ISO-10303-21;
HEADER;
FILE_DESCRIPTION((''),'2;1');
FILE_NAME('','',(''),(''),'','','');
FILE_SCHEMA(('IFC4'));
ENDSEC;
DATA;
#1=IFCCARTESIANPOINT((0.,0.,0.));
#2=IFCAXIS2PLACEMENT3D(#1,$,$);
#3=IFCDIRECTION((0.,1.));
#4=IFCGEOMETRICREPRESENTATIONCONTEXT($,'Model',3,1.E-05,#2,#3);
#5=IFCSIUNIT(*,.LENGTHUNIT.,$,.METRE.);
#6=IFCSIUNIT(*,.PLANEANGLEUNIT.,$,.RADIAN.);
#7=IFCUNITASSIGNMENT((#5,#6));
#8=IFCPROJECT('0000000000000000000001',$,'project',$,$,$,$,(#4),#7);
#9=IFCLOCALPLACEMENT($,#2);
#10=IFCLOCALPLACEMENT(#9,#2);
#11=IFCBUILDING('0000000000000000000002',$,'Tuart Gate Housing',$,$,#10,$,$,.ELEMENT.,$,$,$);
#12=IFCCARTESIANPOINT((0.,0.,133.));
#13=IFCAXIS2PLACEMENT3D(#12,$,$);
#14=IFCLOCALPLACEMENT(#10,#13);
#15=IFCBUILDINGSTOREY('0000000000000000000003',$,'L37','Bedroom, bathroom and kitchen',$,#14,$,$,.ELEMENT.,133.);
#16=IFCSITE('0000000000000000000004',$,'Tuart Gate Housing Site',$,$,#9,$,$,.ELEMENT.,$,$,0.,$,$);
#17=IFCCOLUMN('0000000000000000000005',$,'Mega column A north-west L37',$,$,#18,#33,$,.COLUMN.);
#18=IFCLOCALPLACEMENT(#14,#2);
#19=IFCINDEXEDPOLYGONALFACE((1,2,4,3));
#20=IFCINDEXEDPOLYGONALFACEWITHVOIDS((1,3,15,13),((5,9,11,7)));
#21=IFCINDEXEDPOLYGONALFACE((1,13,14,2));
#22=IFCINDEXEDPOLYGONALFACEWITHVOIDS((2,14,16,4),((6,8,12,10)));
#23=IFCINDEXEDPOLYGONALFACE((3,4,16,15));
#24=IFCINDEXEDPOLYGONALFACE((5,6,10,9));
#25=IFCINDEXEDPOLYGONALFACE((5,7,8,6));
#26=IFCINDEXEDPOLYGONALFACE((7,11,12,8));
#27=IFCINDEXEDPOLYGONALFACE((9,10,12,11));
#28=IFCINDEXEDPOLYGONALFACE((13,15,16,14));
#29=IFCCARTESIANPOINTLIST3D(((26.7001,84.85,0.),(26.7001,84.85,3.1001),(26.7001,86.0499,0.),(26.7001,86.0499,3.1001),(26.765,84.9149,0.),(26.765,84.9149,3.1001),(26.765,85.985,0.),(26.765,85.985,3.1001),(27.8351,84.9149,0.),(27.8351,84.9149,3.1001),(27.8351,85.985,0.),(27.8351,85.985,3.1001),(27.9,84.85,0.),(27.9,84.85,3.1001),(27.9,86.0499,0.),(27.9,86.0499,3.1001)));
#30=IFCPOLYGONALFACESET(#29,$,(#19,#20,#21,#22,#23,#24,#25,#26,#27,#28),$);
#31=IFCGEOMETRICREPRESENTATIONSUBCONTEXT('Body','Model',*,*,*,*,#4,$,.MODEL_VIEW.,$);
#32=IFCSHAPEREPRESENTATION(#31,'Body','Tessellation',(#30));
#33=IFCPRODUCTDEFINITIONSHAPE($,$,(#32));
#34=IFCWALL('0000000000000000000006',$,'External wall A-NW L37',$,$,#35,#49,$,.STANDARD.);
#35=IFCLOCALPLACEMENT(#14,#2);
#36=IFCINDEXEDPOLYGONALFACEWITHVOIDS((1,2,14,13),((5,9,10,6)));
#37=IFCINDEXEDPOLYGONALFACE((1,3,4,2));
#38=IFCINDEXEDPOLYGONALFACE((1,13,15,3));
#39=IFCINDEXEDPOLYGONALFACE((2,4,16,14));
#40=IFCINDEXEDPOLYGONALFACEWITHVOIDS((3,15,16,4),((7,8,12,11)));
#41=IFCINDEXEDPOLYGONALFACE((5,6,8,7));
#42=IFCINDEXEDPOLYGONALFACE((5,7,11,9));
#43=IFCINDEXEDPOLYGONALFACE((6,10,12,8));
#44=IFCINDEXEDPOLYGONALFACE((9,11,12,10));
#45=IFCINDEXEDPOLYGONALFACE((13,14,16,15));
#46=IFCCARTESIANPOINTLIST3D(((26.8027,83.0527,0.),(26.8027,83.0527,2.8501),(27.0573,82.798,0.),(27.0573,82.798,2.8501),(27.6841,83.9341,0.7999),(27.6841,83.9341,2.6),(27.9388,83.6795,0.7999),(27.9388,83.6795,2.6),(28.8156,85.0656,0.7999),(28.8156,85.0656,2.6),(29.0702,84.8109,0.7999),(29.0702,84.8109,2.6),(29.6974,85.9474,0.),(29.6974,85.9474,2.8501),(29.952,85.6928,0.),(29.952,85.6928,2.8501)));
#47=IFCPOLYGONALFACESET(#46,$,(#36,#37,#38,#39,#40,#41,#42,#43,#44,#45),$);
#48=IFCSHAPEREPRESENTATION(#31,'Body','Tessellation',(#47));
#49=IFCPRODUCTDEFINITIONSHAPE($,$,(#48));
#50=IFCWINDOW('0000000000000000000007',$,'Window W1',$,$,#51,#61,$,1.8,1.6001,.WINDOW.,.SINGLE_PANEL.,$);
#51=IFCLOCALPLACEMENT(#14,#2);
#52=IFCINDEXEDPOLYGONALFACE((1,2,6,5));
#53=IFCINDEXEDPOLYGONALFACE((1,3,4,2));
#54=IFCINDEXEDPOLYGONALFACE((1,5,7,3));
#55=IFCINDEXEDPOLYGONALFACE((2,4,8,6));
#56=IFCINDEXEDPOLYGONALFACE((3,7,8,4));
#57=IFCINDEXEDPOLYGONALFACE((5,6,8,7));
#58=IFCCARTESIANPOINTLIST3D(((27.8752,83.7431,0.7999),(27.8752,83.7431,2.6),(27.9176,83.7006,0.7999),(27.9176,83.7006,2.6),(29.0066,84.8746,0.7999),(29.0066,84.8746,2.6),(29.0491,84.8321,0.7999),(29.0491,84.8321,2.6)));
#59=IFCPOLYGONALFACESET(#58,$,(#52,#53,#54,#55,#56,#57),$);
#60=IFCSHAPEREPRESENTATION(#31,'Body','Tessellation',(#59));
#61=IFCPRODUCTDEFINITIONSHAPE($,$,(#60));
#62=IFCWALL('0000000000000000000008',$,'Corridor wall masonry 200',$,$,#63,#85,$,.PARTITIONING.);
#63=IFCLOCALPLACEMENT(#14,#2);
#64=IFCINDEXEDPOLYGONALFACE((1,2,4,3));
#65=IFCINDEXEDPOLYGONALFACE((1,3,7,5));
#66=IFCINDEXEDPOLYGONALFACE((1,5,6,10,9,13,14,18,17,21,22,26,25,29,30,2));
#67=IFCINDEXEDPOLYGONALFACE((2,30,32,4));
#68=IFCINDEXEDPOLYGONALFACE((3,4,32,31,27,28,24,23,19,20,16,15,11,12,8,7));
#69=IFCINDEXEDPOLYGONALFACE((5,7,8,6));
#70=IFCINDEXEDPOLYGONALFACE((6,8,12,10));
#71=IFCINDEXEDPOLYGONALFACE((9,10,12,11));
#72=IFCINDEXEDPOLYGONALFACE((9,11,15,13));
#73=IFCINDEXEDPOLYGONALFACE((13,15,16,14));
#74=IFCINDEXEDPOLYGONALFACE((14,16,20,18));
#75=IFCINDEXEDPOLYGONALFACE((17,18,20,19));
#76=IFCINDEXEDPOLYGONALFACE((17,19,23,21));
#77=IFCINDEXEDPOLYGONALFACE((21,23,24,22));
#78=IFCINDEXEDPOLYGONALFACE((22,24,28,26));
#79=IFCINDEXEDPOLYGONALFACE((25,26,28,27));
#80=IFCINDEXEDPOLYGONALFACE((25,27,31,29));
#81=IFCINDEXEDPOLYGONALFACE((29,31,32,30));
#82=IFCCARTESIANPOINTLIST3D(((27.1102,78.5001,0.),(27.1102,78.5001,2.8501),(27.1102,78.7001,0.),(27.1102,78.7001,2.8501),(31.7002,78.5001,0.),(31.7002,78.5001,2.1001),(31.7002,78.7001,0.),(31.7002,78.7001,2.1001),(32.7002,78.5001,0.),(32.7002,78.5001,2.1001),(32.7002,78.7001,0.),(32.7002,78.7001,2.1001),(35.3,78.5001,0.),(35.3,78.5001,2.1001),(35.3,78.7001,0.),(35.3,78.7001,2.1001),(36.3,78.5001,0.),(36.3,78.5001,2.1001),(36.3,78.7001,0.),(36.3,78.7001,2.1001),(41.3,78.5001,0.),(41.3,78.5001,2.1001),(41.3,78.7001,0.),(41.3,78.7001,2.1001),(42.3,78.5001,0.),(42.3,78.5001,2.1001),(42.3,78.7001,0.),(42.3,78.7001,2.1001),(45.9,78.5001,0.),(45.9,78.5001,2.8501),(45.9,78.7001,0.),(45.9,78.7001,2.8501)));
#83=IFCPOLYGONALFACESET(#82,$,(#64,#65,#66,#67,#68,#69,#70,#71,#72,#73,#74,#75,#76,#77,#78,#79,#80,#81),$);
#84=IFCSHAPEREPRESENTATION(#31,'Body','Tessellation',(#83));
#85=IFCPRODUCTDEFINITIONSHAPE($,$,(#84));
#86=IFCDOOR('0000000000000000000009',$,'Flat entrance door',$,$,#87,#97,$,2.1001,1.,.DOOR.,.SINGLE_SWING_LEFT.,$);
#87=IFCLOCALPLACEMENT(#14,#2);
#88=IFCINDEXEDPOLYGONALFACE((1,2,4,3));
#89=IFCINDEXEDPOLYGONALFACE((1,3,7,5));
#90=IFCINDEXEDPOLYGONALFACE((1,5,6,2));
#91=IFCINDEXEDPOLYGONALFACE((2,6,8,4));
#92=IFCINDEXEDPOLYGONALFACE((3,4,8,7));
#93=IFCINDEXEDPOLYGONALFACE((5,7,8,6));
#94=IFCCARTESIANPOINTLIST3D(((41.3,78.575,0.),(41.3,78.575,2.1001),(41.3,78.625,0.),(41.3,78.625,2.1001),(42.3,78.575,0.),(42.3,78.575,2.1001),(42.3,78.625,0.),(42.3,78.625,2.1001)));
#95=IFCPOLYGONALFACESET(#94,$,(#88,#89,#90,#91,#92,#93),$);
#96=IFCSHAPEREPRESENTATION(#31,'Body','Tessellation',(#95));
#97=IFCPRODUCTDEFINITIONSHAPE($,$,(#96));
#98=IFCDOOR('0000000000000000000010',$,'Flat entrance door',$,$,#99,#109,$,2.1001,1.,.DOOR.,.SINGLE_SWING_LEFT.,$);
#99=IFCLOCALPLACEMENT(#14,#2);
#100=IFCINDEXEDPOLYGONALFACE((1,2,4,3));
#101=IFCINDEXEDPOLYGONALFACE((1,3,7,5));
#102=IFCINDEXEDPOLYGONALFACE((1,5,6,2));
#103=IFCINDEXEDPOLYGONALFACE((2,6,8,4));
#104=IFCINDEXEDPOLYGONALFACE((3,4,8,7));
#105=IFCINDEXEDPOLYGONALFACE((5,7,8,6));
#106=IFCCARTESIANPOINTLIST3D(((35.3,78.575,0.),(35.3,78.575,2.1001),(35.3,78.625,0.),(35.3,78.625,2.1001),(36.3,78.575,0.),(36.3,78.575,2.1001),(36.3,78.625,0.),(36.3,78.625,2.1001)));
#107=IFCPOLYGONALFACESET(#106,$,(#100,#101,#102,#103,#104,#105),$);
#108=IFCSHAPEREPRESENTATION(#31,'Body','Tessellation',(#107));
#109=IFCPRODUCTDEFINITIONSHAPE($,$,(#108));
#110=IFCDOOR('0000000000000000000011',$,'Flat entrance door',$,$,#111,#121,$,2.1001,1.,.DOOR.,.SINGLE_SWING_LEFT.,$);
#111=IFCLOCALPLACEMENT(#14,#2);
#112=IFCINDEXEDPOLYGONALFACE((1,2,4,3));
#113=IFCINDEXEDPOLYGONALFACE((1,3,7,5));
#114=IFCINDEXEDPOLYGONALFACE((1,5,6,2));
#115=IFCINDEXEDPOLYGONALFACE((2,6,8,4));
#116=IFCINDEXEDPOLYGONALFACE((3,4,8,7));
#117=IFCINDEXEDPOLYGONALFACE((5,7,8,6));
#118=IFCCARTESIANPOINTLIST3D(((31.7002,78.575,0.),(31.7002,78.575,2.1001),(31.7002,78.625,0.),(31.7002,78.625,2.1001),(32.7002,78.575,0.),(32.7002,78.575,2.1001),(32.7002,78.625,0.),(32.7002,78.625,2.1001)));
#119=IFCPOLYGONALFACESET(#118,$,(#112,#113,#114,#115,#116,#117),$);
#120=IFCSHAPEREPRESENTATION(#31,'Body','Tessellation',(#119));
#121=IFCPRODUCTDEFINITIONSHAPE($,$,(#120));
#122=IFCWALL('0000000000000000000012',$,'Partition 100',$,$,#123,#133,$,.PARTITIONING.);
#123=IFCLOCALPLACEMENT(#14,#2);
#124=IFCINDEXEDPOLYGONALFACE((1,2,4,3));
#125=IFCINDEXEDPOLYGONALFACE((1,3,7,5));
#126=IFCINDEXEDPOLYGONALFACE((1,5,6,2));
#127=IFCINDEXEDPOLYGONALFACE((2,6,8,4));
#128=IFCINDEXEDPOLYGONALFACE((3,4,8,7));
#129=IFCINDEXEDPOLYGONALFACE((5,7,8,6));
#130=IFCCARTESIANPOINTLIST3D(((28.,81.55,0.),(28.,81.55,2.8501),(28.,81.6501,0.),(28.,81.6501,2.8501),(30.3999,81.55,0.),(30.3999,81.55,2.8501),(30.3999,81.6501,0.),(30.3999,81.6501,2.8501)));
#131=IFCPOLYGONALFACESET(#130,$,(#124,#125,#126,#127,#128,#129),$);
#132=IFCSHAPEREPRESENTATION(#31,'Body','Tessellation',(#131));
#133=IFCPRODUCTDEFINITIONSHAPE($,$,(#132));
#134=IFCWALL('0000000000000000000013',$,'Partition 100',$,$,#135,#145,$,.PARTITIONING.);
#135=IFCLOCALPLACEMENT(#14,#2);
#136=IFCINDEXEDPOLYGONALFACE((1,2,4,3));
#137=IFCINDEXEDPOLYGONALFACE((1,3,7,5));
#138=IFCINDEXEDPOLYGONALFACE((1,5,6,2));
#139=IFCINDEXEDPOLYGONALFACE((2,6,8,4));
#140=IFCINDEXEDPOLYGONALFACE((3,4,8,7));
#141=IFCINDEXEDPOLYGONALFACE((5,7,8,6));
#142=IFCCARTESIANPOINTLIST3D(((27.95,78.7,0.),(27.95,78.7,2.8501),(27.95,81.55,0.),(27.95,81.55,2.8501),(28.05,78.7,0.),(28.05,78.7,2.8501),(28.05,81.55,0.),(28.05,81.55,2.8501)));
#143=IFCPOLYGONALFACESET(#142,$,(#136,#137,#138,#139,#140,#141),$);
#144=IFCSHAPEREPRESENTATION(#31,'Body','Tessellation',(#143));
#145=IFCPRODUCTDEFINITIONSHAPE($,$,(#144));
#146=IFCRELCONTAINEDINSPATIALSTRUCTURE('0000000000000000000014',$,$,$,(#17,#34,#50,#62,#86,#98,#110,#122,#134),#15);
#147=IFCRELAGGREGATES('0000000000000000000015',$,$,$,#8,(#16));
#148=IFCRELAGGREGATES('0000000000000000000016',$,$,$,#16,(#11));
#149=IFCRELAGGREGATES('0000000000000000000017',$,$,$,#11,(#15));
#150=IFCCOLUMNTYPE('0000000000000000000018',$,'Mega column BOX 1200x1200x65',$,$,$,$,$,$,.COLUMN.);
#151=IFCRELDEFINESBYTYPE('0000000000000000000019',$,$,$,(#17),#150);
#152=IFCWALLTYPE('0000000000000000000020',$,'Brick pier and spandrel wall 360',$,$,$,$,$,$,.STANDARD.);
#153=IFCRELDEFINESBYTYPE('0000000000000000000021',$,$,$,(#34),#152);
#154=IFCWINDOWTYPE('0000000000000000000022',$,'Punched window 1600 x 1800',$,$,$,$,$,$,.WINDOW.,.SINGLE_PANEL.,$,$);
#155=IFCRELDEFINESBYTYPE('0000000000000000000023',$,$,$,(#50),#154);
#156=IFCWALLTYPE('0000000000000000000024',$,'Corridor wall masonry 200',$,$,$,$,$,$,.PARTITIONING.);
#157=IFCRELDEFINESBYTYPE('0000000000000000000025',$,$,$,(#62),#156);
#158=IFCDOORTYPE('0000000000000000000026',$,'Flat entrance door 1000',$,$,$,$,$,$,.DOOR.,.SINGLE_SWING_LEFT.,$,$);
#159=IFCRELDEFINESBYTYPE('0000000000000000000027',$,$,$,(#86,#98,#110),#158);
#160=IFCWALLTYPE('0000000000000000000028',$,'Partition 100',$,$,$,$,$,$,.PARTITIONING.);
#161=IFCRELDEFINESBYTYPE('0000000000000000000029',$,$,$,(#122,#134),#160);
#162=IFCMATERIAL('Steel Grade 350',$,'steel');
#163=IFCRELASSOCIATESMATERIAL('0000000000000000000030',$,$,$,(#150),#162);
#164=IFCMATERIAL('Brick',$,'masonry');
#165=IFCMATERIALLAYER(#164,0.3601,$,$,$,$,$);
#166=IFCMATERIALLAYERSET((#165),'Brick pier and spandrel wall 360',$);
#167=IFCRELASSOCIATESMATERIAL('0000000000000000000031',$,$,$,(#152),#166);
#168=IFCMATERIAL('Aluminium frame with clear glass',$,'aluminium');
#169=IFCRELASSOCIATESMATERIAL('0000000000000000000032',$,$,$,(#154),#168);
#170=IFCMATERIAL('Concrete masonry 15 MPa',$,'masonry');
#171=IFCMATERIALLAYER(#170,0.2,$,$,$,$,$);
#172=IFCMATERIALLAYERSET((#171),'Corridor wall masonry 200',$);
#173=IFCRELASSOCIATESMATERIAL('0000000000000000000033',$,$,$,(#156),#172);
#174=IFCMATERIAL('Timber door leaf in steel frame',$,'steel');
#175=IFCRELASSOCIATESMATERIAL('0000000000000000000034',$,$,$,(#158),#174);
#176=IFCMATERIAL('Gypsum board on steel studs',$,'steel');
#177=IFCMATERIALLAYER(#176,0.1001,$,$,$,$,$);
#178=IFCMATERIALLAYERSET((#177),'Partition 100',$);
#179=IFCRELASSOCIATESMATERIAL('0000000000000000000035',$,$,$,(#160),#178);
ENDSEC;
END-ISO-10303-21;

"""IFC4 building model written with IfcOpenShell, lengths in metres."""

from ifc_helpers import new_model, si_unit, direction, frame, frame_2d, origin, origin_2d, place, context, subcontext, project, spatial, rectangle, hollow_rectangle, extrude, material, layer, layer_set, material_profile, profile_set, type_object, element, fill, save


model = new_model("IFC4")

# Units and contexts
model_context = context("Model", 3, precision=1e-05, world=origin(), true_north=direction((0.0, 1.0)))
body_context = subcontext(model_context, "Body", "Model", "MODEL_VIEW")
ifc_project = project(units=[si_unit("LENGTHUNIT", "METRE"), si_unit("PLANEANGLEUNIT", "RADIAN")], contexts=[model_context])

# Site, building, storey
site_placement = place(None, origin())
site = spatial("IfcSite", under=ifc_project, at=site_placement, Name="Tuart Gate Housing Site", CompositionType="ELEMENT", RefElevation=0.0)
building_placement = place(site_placement, origin())
building = spatial("IfcBuilding", under=site, at=building_placement, Name="Tuart Gate Housing", CompositionType="ELEMENT")
storey_placement = place(building_placement, frame((0.0, 0.0, 133.0)))
storey = spatial("IfcBuildingStorey", under=building, at=storey_placement, Name="L37", Description="Bedroom, bathroom and kitchen", CompositionType="ELEMENT", Elevation=133.0)

# Column
ifc_material_1 = material(Name="Steel Grade 350", Category="steel")
ifc_material_profile = material_profile(ifc_material_1, hollow_rectangle(XDim=1.2, YDim=1.2, WallThickness=0.0649, at=origin_2d()), Name="BOX 1200x1200x65")
ifc_profile_set = profile_set([ifc_material_profile], Name="Steel Grade 350")
column_type = type_object("IfcColumnType", Name="Mega column BOX 1200x1200x65", PredefinedType="COLUMN", material=ifc_profile_set)
column_placement = place(storey_placement, frame((27.3, 85.45, 0.0), z_axis=(0.0, 0.0, 1.0), x_axis=(1.0, 0.0, 0.0)))
element("IfcColumn", 1, at=column_placement, inside=storey, type_object=column_type, Name="Mega column A north-west L37", PredefinedType="COLUMN", context=body_context, shape_type="SweptSolid", body=[
    extrude(hollow_rectangle(XDim=1.2, YDim=1.2, WallThickness=0.0649, at=origin_2d()), origin(), (0.0, 0.0, 1.0), 3.1001),
])

# Wall, opening, window
ifc_material_2 = material(Name="Brick", Category="masonry")
ifc_layer_1 = layer(ifc_material_2, 0.3601)
ifc_layer_set_1 = layer_set([ifc_layer_1], Name="Brick pier and spandrel wall 360")
wall_type_1 = type_object("IfcWallType", Name="Brick pier and spandrel wall 360", PredefinedType="STANDARD", material=ifc_layer_set_1)
wall_1_placement = place(storey_placement, frame((29.8247, 85.8201, 0.0), z_axis=(0.0, 0.0, 1.0), x_axis=(-0.707107, -0.707107, 0.0)))
wall_1 = element("IfcWall", 2, at=wall_1_placement, inside=storey, type_object=wall_type_1, Name="External wall A-NW L37", PredefinedType="STANDARD", context=body_context, shape_type="SweptSolid", body=[
    extrude(rectangle(XDim=4.0938, YDim=0.3601, at=frame_2d((2.0469, 0.0))), origin(), (0.0, 0.0, 1.0), 2.8501),
])
opening_1_placement = place(wall_1_placement, frame((1.2471, 0.0, 0.8)))
opening_1 = element("IfcOpeningElement", 3, at=opening_1_placement, cuts=wall_1, PredefinedType="OPENING", context=body_context, shape_type="SweptSolid", body=[
    extrude(rectangle(XDim=1.6001, YDim=1.8, at=frame_2d((0.8, 0.8999))), frame((0.0, 0.1899, 0.0), z_axis=(0.0, -1.0, 0.0), x_axis=(1.0, 0.0, 0.0)), (0.0, 0.0, 1.0), 0.3801),
])
ifc_material_3 = material(Name="Aluminium frame with clear glass", Category="aluminium")
window_type_1 = type_object("IfcWindowType", Name="Punched window 1600 x 1800", PartitioningType="SINGLE_PANEL", PredefinedType="WINDOW", material=ifc_material_3)
window_1_placement = place(opening_1_placement, origin())
window_1 = element("IfcWindow", 4, at=window_1_placement, inside=storey, type_object=window_type_1, Name="Window W1", OverallHeight=1.8, OverallWidth=1.6001, PartitioningType="SINGLE_PANEL", PredefinedType="WINDOW", context=body_context, shape_type="SweptSolid", body=[
    extrude(rectangle(XDim=1.6001, YDim=1.8, at=frame_2d((0.8, 0.8999))), frame((0.0, 0.1501, 0.0), z_axis=(0.0, -1.0, 0.0), x_axis=(1.0, 0.0, 0.0)), (0.0, 0.0, 1.0), 0.0601),
])
fill(opening_1, window_1)

# Wall, openings, doors
ifc_material_4 = material(Name="Concrete masonry 15 MPa", Category="masonry")
ifc_layer_2 = layer(ifc_material_4, 0.2)
ifc_layer_set_2 = layer_set([ifc_layer_2], Name="Corridor wall masonry 200")
wall_type_2 = type_object("IfcWallType", Name="Corridor wall masonry 200", PredefinedType="PARTITIONING", material=ifc_layer_set_2)
wall_2_placement = place(storey_placement, frame((27.1101, 78.6001, 0.0), z_axis=(0.0, 0.0, 1.0), x_axis=(1.0, 0.0, 0.0)))
wall_2 = element("IfcWall", 5, at=wall_2_placement, inside=storey, type_object=wall_type_2, Name="Corridor wall masonry 200", PredefinedType="PARTITIONING", context=body_context, shape_type="SweptSolid", body=[
    extrude(rectangle(XDim=18.7898, YDim=0.2, at=frame_2d((9.395, 0.0))), origin(), (0.0, 0.0, 1.0), 2.8501),
])
opening_2_placement = place(wall_2_placement, frame((14.1899, 0.0, 0.0)))
opening_2 = element("IfcOpeningElement", 6, at=opening_2_placement, cuts=wall_2, PredefinedType="OPENING", context=body_context, shape_type="SweptSolid", body=[
    extrude(rectangle(XDim=1.0, YDim=2.1001, at=frame_2d((0.5, 1.05))), frame((0.0, 0.1099, 0.0), z_axis=(0.0, -1.0, 0.0), x_axis=(1.0, 0.0, 0.0)), (0.0, 0.0, 1.0), 0.22),
])
opening_3_placement = place(wall_2_placement, frame((8.1899, 0.0, 0.0)))
opening_3 = element("IfcOpeningElement", 7, at=opening_3_placement, cuts=wall_2, PredefinedType="OPENING", context=body_context, shape_type="SweptSolid", body=[
    extrude(rectangle(XDim=1.0, YDim=2.1001, at=frame_2d((0.5, 1.05))), frame((0.0, 0.1099, 0.0), z_axis=(0.0, -1.0, 0.0), x_axis=(1.0, 0.0, 0.0)), (0.0, 0.0, 1.0), 0.22),
])
opening_4_placement = place(wall_2_placement, frame((4.5901, 0.0, 0.0)))
opening_4 = element("IfcOpeningElement", 8, at=opening_4_placement, cuts=wall_2, PredefinedType="OPENING", context=body_context, shape_type="SweptSolid", body=[
    extrude(rectangle(XDim=1.0, YDim=2.1001, at=frame_2d((0.5, 1.05))), frame((0.0, 0.1099, 0.0), z_axis=(0.0, -1.0, 0.0), x_axis=(1.0, 0.0, 0.0)), (0.0, 0.0, 1.0), 0.22),
])
ifc_material_5 = material(Name="Timber door leaf in steel frame", Category="steel")
door_type_1 = type_object("IfcDoorType", Name="Flat entrance door 1000", OperationType="SINGLE_SWING_LEFT", PredefinedType="DOOR", material=ifc_material_5)
door_1_placement = place(opening_2_placement, origin())
door_1 = element("IfcDoor", 9, at=door_1_placement, inside=storey, type_object=door_type_1, Name="Flat entrance door", OperationType="SINGLE_SWING_LEFT", OverallHeight=2.1001, OverallWidth=1.0, PredefinedType="DOOR", context=body_context, shape_type="SweptSolid", body=[
    extrude(rectangle(XDim=1.0, YDim=2.1001, at=frame_2d((0.5, 1.05))), frame((0.0, 0.0249, 0.0), z_axis=(0.0, -1.0, 0.0), x_axis=(1.0, 0.0, 0.0)), (0.0, 0.0, 1.0), 0.05),
])
fill(opening_2, door_1)
door_2_placement = place(opening_3_placement, origin())
door_2 = element("IfcDoor", 10, at=door_2_placement, inside=storey, type_object=door_type_1, Name="Flat entrance door", OperationType="SINGLE_SWING_LEFT", OverallHeight=2.1001, OverallWidth=1.0, PredefinedType="DOOR", context=body_context, shape_type="SweptSolid", body=[
    extrude(rectangle(XDim=1.0, YDim=2.1001, at=frame_2d((0.5, 1.05))), frame((0.0, 0.0249, 0.0), z_axis=(0.0, -1.0, 0.0), x_axis=(1.0, 0.0, 0.0)), (0.0, 0.0, 1.0), 0.05),
])
fill(opening_3, door_2)
door_3_placement = place(opening_4_placement, origin())
door_3 = element("IfcDoor", 11, at=door_3_placement, inside=storey, type_object=door_type_1, Name="Flat entrance door", OperationType="SINGLE_SWING_LEFT", OverallHeight=2.1001, OverallWidth=1.0, PredefinedType="DOOR", context=body_context, shape_type="SweptSolid", body=[
    extrude(rectangle(XDim=1.0, YDim=2.1001, at=frame_2d((0.5, 1.05))), frame((0.0, 0.0249, 0.0), z_axis=(0.0, -1.0, 0.0), x_axis=(1.0, 0.0, 0.0)), (0.0, 0.0, 1.0), 0.05),
])
fill(opening_4, door_3)

# Walls
ifc_material_6 = material(Name="Gypsum board on steel studs", Category="steel")
ifc_layer_3 = layer(ifc_material_6, 0.1001)
ifc_layer_set_3 = layer_set([ifc_layer_3], Name="Partition 100")
wall_type_3 = type_object("IfcWallType", Name="Partition 100", PredefinedType="PARTITIONING", material=ifc_layer_set_3)
wall_3_placement = place(storey_placement, frame((28.0, 81.6001, 0.0), z_axis=(0.0, 0.0, 1.0), x_axis=(1.0, 0.0, 0.0)))
element("IfcWall", 12, at=wall_3_placement, inside=storey, type_object=wall_type_3, Name="Partition 100", PredefinedType="PARTITIONING", context=body_context, shape_type="SweptSolid", body=[
    extrude(rectangle(XDim=2.3999, YDim=0.1001, at=frame_2d((1.2, 0.0))), origin(), (0.0, 0.0, 1.0), 2.8501),
])
wall_4_placement = place(storey_placement, frame((28.0, 78.7, 0.0), z_axis=(0.0, 0.0, 1.0), x_axis=(0.0, 1.0, 0.0)))
element("IfcWall", 13, at=wall_4_placement, inside=storey, type_object=wall_type_3, Name="Partition 100", PredefinedType="PARTITIONING", context=body_context, shape_type="SweptSolid", body=[
    extrude(rectangle(XDim=2.8501, YDim=0.1001, at=frame_2d((1.425, 0.0))), origin(), (0.0, 0.0, 1.0), 2.8501),
])

save(model, "model.ifc")
